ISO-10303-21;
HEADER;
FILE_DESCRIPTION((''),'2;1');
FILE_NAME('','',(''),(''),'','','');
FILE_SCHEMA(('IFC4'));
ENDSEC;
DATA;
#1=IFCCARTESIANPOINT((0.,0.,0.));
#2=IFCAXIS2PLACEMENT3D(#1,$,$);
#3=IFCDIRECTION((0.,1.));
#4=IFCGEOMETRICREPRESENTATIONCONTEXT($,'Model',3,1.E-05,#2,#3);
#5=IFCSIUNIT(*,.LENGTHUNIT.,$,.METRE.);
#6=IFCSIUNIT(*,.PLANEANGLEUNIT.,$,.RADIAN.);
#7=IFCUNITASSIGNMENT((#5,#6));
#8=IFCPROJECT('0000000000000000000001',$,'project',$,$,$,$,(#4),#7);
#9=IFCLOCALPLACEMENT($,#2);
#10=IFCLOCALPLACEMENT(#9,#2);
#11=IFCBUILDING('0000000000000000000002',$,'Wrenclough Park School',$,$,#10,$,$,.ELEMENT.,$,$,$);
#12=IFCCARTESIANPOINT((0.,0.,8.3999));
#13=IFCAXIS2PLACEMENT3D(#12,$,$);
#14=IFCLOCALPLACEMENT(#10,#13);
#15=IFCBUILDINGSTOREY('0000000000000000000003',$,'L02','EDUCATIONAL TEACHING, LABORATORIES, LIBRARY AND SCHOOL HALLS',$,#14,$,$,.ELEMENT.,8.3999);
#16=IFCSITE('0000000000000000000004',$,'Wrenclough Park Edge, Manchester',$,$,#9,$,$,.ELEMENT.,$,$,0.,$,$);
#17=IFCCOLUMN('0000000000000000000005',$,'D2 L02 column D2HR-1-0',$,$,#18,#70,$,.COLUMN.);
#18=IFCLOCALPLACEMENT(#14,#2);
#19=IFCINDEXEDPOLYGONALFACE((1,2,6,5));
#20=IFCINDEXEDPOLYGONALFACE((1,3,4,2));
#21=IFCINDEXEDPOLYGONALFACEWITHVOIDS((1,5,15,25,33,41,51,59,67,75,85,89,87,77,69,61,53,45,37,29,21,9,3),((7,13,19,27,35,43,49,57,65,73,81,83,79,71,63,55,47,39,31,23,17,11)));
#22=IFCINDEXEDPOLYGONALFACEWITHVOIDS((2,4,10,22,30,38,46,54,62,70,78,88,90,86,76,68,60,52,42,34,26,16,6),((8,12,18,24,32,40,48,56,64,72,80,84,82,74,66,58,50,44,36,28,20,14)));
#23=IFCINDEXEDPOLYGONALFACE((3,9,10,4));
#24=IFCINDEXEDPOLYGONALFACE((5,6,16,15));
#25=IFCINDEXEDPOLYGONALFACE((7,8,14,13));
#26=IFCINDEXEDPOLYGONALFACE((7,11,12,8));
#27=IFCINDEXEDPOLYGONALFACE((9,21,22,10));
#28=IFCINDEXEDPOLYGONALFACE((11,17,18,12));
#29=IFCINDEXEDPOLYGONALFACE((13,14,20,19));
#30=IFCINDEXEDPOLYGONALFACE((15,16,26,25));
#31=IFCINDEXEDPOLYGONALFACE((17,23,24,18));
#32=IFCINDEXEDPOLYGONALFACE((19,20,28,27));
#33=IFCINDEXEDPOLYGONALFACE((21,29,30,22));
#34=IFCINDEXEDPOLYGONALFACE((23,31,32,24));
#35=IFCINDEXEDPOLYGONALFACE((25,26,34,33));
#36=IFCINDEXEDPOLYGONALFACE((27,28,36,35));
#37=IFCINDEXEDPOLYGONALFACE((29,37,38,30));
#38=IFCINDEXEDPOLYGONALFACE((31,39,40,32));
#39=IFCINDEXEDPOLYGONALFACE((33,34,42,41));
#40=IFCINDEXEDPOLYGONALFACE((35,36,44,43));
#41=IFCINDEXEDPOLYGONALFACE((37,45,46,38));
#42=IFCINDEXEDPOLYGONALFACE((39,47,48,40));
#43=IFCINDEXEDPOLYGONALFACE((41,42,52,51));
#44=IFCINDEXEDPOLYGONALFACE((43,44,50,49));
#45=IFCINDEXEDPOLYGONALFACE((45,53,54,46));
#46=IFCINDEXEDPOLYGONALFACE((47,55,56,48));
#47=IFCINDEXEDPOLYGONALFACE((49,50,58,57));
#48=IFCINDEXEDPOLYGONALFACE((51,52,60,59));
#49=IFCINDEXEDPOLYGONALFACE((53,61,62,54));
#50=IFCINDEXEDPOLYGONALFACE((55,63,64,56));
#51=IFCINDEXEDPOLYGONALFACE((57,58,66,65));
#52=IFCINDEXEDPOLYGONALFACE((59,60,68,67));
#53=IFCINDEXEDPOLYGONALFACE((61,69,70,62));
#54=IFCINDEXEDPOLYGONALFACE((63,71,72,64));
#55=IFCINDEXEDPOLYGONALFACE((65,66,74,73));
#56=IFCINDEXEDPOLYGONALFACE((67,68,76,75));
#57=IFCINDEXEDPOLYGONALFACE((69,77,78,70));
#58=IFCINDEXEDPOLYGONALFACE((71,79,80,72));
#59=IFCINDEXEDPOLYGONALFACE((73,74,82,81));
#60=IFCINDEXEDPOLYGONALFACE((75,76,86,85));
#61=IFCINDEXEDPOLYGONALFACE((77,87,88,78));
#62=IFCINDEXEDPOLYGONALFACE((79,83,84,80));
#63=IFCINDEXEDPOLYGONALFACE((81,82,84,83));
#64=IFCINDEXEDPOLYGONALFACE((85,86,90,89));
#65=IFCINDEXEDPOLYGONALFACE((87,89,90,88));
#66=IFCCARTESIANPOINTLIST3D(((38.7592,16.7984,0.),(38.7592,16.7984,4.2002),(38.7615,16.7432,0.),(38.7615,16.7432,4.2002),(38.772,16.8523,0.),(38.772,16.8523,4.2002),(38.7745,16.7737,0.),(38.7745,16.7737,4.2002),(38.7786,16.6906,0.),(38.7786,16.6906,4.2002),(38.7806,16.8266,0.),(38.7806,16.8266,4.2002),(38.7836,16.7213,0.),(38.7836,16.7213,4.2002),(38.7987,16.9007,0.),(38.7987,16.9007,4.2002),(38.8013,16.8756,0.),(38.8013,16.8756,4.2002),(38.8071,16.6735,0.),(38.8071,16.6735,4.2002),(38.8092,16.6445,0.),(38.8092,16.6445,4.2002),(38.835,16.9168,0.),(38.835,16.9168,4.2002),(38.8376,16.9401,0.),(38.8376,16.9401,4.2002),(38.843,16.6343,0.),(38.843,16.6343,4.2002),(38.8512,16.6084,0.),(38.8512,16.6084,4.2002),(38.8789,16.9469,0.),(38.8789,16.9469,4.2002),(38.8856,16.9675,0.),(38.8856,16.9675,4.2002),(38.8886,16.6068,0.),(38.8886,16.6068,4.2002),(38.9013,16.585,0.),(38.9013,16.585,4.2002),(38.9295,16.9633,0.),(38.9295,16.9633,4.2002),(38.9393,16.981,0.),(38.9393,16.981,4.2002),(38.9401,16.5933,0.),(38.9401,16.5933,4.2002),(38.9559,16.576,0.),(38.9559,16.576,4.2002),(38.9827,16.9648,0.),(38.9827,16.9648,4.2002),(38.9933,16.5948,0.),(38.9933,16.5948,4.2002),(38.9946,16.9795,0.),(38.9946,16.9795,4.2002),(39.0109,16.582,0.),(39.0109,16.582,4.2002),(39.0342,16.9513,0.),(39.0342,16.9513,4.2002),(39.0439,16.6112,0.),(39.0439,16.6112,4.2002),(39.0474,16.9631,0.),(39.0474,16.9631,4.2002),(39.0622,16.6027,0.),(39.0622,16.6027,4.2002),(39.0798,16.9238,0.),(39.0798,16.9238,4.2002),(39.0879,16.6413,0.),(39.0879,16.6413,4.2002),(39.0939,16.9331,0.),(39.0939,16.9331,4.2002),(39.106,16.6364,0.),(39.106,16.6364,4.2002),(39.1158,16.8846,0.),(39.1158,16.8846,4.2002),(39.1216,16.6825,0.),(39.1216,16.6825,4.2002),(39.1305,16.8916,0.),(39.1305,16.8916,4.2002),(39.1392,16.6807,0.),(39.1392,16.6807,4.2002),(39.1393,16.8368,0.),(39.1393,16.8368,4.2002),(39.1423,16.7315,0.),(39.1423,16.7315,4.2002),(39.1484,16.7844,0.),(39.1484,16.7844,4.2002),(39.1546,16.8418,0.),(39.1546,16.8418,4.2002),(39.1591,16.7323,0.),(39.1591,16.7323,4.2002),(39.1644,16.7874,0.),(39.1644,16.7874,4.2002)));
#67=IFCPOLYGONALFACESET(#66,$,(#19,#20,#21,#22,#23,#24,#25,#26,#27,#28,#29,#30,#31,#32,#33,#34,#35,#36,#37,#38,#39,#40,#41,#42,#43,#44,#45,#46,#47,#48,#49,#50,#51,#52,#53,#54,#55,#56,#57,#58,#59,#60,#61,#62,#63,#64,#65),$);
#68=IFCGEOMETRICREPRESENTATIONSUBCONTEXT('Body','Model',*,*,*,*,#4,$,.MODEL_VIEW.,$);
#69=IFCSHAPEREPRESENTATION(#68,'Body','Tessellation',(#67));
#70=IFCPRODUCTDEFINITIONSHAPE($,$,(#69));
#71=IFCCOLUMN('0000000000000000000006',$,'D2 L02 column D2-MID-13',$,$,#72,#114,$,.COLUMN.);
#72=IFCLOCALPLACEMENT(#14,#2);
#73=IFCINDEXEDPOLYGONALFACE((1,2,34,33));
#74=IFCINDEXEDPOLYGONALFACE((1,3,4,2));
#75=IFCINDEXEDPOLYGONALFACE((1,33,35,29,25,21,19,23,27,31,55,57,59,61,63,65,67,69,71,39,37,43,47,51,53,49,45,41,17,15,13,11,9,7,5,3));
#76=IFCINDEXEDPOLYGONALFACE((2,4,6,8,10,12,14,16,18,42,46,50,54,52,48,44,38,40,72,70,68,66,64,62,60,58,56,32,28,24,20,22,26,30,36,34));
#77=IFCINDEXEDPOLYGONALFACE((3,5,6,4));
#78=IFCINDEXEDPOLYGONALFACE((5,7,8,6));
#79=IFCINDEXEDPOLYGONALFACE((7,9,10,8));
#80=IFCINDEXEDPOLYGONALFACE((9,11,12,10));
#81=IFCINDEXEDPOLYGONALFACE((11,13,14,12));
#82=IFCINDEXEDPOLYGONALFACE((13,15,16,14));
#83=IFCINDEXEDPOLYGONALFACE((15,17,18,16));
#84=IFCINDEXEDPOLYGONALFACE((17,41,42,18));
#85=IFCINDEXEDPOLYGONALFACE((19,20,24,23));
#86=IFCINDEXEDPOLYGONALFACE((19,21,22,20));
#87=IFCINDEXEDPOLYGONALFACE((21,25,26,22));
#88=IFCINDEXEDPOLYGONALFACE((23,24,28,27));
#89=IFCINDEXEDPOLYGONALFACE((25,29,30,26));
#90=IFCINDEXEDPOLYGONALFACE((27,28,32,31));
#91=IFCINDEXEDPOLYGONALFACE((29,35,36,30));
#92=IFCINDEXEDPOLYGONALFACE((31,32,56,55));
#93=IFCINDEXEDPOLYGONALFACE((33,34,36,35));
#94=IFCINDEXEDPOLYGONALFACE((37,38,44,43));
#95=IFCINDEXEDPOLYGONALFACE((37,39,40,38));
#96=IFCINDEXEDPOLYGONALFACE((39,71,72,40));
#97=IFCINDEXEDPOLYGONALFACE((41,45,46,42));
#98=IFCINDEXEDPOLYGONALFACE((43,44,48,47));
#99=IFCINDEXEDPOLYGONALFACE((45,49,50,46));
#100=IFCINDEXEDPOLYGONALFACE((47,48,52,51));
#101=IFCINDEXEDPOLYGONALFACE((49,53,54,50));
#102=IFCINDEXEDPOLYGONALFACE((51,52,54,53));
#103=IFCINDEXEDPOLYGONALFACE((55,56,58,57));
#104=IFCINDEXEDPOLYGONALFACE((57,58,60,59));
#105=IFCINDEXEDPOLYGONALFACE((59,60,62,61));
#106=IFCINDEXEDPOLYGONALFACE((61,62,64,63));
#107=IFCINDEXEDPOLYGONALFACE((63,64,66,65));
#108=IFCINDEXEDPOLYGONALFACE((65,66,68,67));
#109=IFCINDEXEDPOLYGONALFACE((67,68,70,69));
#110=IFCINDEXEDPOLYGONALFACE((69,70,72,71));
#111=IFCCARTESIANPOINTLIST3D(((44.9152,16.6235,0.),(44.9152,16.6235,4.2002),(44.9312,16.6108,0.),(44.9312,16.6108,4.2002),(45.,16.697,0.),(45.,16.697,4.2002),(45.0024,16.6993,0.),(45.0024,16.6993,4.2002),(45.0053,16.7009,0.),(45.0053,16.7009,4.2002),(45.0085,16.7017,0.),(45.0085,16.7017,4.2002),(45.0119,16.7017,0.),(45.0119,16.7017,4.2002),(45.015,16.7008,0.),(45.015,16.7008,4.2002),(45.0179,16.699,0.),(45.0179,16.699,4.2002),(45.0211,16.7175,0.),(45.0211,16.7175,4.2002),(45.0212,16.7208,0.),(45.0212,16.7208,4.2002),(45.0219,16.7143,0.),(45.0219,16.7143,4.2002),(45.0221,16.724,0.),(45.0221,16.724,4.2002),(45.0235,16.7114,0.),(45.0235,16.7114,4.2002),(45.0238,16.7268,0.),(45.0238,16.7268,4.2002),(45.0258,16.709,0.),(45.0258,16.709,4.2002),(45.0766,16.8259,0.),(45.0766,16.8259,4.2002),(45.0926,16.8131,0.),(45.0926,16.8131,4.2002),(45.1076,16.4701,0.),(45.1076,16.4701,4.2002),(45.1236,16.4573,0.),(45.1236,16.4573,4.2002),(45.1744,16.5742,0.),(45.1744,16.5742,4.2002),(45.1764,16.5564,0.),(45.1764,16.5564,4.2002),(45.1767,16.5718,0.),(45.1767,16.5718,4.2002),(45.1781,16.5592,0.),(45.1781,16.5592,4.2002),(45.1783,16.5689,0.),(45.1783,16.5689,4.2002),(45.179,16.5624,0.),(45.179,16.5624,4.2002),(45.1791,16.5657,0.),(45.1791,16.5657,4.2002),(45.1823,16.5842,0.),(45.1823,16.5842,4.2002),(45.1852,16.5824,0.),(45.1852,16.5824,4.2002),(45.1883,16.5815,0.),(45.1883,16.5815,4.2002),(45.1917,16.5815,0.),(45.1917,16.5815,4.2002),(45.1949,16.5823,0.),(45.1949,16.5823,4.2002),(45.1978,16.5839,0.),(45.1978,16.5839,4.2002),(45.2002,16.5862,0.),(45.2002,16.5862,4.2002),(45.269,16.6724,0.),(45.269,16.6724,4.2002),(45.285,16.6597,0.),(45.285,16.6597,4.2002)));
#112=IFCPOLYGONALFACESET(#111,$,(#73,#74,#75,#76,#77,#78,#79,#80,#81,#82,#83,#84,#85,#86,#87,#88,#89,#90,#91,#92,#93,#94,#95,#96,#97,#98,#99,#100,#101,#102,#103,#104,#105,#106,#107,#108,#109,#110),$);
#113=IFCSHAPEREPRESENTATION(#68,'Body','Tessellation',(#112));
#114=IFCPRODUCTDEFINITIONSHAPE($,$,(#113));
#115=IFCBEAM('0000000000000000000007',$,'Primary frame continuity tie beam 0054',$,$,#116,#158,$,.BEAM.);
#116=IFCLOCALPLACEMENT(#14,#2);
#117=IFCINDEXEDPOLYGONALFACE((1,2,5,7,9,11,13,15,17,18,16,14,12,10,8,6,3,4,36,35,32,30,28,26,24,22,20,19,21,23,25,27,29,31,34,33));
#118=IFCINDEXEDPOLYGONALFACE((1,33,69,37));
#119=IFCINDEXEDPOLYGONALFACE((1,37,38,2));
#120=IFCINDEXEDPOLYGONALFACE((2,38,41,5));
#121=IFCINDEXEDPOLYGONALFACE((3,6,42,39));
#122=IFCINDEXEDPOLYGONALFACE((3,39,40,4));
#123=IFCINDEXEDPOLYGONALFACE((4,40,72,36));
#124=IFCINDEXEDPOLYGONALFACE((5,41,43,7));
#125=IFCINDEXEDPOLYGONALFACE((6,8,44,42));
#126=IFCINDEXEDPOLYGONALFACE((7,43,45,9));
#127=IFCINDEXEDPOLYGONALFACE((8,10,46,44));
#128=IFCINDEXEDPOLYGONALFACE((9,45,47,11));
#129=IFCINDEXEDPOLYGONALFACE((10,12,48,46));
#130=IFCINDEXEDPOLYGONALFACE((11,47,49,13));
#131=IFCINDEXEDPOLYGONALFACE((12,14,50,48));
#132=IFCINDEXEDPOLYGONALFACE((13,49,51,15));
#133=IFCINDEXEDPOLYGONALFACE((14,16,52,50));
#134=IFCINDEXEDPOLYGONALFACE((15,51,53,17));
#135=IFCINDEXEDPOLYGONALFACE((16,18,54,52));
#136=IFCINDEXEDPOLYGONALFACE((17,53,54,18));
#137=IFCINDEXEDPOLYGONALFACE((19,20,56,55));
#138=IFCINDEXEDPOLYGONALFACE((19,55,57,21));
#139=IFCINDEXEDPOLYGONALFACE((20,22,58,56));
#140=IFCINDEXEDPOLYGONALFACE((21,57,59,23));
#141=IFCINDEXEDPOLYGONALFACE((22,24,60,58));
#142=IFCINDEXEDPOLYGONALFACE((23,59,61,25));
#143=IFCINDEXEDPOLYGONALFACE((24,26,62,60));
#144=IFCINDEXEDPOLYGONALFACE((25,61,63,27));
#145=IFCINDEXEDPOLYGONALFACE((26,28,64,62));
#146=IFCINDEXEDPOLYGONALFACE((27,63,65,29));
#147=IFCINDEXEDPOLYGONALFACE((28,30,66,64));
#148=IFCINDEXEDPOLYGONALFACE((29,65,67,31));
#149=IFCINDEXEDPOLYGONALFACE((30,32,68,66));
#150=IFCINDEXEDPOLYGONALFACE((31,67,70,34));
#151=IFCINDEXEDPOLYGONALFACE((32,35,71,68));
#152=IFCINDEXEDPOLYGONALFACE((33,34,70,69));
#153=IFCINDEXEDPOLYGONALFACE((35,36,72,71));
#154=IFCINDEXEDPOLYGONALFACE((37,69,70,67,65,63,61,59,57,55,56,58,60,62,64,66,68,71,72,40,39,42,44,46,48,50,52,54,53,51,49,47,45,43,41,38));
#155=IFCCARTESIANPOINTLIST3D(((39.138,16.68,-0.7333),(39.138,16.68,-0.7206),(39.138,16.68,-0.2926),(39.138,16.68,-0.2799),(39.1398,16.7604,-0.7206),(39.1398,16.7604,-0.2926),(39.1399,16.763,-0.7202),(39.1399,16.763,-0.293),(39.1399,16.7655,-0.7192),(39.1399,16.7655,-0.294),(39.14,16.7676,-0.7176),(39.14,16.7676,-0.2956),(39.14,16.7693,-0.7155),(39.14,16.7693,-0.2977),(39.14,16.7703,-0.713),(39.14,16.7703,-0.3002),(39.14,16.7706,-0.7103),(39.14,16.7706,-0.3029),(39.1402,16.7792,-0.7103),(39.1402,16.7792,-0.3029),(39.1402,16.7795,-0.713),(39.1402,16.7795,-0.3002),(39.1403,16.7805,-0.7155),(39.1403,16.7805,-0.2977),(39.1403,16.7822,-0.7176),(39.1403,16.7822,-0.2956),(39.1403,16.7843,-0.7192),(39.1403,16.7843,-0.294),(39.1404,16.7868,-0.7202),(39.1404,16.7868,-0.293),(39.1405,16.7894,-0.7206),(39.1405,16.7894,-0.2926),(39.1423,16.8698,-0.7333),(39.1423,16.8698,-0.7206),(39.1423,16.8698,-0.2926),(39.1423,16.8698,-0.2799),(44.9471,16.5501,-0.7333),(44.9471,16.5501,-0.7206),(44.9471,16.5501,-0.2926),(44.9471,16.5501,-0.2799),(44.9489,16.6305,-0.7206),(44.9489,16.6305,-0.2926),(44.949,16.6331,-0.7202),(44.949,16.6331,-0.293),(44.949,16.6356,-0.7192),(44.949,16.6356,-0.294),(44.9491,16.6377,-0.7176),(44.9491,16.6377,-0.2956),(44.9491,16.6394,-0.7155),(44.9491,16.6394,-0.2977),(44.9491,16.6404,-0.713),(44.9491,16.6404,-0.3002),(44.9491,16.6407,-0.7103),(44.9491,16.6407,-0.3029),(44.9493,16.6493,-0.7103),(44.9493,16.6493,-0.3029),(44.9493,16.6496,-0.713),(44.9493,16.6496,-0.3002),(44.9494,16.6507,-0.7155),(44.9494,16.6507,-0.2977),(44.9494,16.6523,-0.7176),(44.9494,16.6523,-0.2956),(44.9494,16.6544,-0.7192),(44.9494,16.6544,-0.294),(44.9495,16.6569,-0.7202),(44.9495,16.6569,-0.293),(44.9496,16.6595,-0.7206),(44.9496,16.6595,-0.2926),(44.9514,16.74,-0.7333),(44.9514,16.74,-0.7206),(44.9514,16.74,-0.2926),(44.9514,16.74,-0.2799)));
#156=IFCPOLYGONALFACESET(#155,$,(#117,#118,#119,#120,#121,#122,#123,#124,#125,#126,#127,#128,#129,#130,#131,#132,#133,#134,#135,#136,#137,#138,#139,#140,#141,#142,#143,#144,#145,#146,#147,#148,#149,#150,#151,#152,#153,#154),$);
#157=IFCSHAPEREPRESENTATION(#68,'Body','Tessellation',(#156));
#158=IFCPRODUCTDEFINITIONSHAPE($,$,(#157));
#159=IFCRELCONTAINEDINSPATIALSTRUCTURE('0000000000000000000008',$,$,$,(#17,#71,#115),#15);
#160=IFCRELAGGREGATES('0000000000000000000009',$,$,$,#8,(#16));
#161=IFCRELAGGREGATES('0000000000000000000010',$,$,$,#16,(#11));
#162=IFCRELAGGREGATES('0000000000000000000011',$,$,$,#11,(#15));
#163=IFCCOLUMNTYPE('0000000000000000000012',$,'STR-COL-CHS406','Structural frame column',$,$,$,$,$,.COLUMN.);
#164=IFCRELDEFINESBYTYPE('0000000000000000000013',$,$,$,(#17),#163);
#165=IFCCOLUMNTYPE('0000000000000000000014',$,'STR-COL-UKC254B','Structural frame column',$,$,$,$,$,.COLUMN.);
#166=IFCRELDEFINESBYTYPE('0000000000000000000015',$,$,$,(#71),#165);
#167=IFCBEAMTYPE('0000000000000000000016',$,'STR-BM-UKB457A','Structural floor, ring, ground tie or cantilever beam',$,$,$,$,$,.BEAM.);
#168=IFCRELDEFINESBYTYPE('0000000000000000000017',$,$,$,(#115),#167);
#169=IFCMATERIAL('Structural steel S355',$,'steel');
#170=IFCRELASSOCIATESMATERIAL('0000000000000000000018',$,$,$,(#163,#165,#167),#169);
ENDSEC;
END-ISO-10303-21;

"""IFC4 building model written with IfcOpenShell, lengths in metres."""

from ifc_helpers import new_model, si_unit, direction, frame, origin, origin_2d, place, context, subcontext, project, spatial, hollow_circle, i_section, extrude, material, material_profile, profile_set, type_object, element, save


model = new_model("IFC4")

# Units and contexts
model_context = context("Model", 3, precision=1e-05, world=origin(), true_north=direction((0.0, 1.0)))
body_context = subcontext(model_context, "Body", "Model", "MODEL_VIEW")
ifc_project = project(units=[si_unit("LENGTHUNIT", "METRE"), si_unit("PLANEANGLEUNIT", "RADIAN")], contexts=[model_context])

# Site, building, storey
site_placement = place(None, origin())
site = spatial("IfcSite", under=ifc_project, at=site_placement, Name="Wrenclough Park Edge, Manchester", CompositionType="ELEMENT", RefElevation=0.0)
building_placement = place(site_placement, origin())
building = spatial("IfcBuilding", under=site, at=building_placement, Name="Wrenclough Park School", CompositionType="ELEMENT")
storey_placement = place(building_placement, frame((0.0, 0.0, 8.3999)))
storey = spatial("IfcBuildingStorey", under=building, at=storey_placement, Name="L02", Description="EDUCATIONAL TEACHING, LABORATORIES, LIBRARY AND SCHOOL HALLS", CompositionType="ELEMENT", Elevation=8.3999)

# Columns
ifc_material_1 = material(Name="Structural steel S355", Category="steel")
ifc_material_profile_1 = material_profile(ifc_material_1, hollow_circle(Radius=0.2031, WallThickness=0.0161, at=origin_2d()), Name="CHS 406.4x16.0")
ifc_profile_set_1 = profile_set([ifc_material_profile_1], Name="Structural steel S355")
column_type_1 = type_object("IfcColumnType", Name="STR-COL-CHS406", Description="Structural frame column", PredefinedType="COLUMN", material=ifc_profile_set_1)
column_1_placement = place(storey_placement, frame((38.9614, 16.7791, 0.0), z_axis=(0.0, 0.0, 1.0), x_axis=(0.951057, 0.309017, 0.0)))
element("IfcColumn", 1, at=column_1_placement, inside=storey, type_object=column_type_1, Name="D2 L02 column D2HR-1-0", PredefinedType="COLUMN", context=body_context, shape_type="SweptSolid", body=[
    extrude(hollow_circle(Radius=0.2031, WallThickness=0.0161, at=origin_2d()), origin(), (0.0, 0.0, 1.0), 4.2002),
])
ifc_material_profile_2 = material_profile(ifc_material_1, i_section(OverallWidth=0.2588, OverallDepth=0.2666, WebThickness=0.0127, FlangeThickness=0.0205, FilletRadius=0.0127, at=origin_2d()), Name="UKC 254x254x107")
ifc_profile_set_2 = profile_set([ifc_material_profile_2], Name="Structural steel S355")
column_type_2 = type_object("IfcColumnType", Name="STR-COL-UKC254B", Description="Structural frame column", PredefinedType="COLUMN", material=ifc_profile_set_2)
column_2_placement = place(storey_placement, frame((45.1001, 16.6416, 0.0), z_axis=(0.0, 0.0, 1.0), x_axis=(0.62347, 0.781847, 0.0)))
element("IfcColumn", 2, at=column_2_placement, inside=storey, type_object=column_type_2, Name="D2 L02 column D2-MID-13", PredefinedType="COLUMN", context=body_context, shape_type="SweptSolid", body=[
    extrude(i_section(OverallWidth=0.2588, OverallDepth=0.2666, WebThickness=0.0127, FlangeThickness=0.0205, FilletRadius=0.0127, at=origin_2d()), origin(), (0.0, 0.0, 1.0), 4.2002),
])

# Beam
ifc_material_profile_3 = material_profile(ifc_material_1, i_section(OverallWidth=0.1899, OverallDepth=0.4534, WebThickness=0.0085, FlangeThickness=0.0127, FilletRadius=0.0103, at=origin_2d()), Name="UKB 457x191x67")
ifc_profile_set_3 = profile_set([ifc_material_profile_3], Name="Structural steel S355")
beam_type_1 = type_object("IfcBeamType", Name="STR-BM-UKB457A", Description="Structural floor, ring, ground tie or cantilever beam", PredefinedType="BEAM", material=ifc_profile_set_3)
beam_1_placement = place(storey_placement, frame((39.1401, 16.7749, -0.5066), z_axis=(0.99975, -0.022353, 0.0), x_axis=(0.022353, 0.99975, 0.0)))
element("IfcBeam", 3, at=beam_1_placement, inside=storey, type_object=beam_type_1, Name="Primary frame continuity tie beam 0054", PredefinedType="BEAM", context=body_context, shape_type="SweptSolid", body=[
    extrude(i_section(OverallWidth=0.1899, OverallDepth=0.4534, WebThickness=0.0085, FlangeThickness=0.0127, FilletRadius=0.0103, at=origin_2d()), origin(), (0.0, 0.0, 1.0), 5.8105),
])

save(model, "model.ifc")
